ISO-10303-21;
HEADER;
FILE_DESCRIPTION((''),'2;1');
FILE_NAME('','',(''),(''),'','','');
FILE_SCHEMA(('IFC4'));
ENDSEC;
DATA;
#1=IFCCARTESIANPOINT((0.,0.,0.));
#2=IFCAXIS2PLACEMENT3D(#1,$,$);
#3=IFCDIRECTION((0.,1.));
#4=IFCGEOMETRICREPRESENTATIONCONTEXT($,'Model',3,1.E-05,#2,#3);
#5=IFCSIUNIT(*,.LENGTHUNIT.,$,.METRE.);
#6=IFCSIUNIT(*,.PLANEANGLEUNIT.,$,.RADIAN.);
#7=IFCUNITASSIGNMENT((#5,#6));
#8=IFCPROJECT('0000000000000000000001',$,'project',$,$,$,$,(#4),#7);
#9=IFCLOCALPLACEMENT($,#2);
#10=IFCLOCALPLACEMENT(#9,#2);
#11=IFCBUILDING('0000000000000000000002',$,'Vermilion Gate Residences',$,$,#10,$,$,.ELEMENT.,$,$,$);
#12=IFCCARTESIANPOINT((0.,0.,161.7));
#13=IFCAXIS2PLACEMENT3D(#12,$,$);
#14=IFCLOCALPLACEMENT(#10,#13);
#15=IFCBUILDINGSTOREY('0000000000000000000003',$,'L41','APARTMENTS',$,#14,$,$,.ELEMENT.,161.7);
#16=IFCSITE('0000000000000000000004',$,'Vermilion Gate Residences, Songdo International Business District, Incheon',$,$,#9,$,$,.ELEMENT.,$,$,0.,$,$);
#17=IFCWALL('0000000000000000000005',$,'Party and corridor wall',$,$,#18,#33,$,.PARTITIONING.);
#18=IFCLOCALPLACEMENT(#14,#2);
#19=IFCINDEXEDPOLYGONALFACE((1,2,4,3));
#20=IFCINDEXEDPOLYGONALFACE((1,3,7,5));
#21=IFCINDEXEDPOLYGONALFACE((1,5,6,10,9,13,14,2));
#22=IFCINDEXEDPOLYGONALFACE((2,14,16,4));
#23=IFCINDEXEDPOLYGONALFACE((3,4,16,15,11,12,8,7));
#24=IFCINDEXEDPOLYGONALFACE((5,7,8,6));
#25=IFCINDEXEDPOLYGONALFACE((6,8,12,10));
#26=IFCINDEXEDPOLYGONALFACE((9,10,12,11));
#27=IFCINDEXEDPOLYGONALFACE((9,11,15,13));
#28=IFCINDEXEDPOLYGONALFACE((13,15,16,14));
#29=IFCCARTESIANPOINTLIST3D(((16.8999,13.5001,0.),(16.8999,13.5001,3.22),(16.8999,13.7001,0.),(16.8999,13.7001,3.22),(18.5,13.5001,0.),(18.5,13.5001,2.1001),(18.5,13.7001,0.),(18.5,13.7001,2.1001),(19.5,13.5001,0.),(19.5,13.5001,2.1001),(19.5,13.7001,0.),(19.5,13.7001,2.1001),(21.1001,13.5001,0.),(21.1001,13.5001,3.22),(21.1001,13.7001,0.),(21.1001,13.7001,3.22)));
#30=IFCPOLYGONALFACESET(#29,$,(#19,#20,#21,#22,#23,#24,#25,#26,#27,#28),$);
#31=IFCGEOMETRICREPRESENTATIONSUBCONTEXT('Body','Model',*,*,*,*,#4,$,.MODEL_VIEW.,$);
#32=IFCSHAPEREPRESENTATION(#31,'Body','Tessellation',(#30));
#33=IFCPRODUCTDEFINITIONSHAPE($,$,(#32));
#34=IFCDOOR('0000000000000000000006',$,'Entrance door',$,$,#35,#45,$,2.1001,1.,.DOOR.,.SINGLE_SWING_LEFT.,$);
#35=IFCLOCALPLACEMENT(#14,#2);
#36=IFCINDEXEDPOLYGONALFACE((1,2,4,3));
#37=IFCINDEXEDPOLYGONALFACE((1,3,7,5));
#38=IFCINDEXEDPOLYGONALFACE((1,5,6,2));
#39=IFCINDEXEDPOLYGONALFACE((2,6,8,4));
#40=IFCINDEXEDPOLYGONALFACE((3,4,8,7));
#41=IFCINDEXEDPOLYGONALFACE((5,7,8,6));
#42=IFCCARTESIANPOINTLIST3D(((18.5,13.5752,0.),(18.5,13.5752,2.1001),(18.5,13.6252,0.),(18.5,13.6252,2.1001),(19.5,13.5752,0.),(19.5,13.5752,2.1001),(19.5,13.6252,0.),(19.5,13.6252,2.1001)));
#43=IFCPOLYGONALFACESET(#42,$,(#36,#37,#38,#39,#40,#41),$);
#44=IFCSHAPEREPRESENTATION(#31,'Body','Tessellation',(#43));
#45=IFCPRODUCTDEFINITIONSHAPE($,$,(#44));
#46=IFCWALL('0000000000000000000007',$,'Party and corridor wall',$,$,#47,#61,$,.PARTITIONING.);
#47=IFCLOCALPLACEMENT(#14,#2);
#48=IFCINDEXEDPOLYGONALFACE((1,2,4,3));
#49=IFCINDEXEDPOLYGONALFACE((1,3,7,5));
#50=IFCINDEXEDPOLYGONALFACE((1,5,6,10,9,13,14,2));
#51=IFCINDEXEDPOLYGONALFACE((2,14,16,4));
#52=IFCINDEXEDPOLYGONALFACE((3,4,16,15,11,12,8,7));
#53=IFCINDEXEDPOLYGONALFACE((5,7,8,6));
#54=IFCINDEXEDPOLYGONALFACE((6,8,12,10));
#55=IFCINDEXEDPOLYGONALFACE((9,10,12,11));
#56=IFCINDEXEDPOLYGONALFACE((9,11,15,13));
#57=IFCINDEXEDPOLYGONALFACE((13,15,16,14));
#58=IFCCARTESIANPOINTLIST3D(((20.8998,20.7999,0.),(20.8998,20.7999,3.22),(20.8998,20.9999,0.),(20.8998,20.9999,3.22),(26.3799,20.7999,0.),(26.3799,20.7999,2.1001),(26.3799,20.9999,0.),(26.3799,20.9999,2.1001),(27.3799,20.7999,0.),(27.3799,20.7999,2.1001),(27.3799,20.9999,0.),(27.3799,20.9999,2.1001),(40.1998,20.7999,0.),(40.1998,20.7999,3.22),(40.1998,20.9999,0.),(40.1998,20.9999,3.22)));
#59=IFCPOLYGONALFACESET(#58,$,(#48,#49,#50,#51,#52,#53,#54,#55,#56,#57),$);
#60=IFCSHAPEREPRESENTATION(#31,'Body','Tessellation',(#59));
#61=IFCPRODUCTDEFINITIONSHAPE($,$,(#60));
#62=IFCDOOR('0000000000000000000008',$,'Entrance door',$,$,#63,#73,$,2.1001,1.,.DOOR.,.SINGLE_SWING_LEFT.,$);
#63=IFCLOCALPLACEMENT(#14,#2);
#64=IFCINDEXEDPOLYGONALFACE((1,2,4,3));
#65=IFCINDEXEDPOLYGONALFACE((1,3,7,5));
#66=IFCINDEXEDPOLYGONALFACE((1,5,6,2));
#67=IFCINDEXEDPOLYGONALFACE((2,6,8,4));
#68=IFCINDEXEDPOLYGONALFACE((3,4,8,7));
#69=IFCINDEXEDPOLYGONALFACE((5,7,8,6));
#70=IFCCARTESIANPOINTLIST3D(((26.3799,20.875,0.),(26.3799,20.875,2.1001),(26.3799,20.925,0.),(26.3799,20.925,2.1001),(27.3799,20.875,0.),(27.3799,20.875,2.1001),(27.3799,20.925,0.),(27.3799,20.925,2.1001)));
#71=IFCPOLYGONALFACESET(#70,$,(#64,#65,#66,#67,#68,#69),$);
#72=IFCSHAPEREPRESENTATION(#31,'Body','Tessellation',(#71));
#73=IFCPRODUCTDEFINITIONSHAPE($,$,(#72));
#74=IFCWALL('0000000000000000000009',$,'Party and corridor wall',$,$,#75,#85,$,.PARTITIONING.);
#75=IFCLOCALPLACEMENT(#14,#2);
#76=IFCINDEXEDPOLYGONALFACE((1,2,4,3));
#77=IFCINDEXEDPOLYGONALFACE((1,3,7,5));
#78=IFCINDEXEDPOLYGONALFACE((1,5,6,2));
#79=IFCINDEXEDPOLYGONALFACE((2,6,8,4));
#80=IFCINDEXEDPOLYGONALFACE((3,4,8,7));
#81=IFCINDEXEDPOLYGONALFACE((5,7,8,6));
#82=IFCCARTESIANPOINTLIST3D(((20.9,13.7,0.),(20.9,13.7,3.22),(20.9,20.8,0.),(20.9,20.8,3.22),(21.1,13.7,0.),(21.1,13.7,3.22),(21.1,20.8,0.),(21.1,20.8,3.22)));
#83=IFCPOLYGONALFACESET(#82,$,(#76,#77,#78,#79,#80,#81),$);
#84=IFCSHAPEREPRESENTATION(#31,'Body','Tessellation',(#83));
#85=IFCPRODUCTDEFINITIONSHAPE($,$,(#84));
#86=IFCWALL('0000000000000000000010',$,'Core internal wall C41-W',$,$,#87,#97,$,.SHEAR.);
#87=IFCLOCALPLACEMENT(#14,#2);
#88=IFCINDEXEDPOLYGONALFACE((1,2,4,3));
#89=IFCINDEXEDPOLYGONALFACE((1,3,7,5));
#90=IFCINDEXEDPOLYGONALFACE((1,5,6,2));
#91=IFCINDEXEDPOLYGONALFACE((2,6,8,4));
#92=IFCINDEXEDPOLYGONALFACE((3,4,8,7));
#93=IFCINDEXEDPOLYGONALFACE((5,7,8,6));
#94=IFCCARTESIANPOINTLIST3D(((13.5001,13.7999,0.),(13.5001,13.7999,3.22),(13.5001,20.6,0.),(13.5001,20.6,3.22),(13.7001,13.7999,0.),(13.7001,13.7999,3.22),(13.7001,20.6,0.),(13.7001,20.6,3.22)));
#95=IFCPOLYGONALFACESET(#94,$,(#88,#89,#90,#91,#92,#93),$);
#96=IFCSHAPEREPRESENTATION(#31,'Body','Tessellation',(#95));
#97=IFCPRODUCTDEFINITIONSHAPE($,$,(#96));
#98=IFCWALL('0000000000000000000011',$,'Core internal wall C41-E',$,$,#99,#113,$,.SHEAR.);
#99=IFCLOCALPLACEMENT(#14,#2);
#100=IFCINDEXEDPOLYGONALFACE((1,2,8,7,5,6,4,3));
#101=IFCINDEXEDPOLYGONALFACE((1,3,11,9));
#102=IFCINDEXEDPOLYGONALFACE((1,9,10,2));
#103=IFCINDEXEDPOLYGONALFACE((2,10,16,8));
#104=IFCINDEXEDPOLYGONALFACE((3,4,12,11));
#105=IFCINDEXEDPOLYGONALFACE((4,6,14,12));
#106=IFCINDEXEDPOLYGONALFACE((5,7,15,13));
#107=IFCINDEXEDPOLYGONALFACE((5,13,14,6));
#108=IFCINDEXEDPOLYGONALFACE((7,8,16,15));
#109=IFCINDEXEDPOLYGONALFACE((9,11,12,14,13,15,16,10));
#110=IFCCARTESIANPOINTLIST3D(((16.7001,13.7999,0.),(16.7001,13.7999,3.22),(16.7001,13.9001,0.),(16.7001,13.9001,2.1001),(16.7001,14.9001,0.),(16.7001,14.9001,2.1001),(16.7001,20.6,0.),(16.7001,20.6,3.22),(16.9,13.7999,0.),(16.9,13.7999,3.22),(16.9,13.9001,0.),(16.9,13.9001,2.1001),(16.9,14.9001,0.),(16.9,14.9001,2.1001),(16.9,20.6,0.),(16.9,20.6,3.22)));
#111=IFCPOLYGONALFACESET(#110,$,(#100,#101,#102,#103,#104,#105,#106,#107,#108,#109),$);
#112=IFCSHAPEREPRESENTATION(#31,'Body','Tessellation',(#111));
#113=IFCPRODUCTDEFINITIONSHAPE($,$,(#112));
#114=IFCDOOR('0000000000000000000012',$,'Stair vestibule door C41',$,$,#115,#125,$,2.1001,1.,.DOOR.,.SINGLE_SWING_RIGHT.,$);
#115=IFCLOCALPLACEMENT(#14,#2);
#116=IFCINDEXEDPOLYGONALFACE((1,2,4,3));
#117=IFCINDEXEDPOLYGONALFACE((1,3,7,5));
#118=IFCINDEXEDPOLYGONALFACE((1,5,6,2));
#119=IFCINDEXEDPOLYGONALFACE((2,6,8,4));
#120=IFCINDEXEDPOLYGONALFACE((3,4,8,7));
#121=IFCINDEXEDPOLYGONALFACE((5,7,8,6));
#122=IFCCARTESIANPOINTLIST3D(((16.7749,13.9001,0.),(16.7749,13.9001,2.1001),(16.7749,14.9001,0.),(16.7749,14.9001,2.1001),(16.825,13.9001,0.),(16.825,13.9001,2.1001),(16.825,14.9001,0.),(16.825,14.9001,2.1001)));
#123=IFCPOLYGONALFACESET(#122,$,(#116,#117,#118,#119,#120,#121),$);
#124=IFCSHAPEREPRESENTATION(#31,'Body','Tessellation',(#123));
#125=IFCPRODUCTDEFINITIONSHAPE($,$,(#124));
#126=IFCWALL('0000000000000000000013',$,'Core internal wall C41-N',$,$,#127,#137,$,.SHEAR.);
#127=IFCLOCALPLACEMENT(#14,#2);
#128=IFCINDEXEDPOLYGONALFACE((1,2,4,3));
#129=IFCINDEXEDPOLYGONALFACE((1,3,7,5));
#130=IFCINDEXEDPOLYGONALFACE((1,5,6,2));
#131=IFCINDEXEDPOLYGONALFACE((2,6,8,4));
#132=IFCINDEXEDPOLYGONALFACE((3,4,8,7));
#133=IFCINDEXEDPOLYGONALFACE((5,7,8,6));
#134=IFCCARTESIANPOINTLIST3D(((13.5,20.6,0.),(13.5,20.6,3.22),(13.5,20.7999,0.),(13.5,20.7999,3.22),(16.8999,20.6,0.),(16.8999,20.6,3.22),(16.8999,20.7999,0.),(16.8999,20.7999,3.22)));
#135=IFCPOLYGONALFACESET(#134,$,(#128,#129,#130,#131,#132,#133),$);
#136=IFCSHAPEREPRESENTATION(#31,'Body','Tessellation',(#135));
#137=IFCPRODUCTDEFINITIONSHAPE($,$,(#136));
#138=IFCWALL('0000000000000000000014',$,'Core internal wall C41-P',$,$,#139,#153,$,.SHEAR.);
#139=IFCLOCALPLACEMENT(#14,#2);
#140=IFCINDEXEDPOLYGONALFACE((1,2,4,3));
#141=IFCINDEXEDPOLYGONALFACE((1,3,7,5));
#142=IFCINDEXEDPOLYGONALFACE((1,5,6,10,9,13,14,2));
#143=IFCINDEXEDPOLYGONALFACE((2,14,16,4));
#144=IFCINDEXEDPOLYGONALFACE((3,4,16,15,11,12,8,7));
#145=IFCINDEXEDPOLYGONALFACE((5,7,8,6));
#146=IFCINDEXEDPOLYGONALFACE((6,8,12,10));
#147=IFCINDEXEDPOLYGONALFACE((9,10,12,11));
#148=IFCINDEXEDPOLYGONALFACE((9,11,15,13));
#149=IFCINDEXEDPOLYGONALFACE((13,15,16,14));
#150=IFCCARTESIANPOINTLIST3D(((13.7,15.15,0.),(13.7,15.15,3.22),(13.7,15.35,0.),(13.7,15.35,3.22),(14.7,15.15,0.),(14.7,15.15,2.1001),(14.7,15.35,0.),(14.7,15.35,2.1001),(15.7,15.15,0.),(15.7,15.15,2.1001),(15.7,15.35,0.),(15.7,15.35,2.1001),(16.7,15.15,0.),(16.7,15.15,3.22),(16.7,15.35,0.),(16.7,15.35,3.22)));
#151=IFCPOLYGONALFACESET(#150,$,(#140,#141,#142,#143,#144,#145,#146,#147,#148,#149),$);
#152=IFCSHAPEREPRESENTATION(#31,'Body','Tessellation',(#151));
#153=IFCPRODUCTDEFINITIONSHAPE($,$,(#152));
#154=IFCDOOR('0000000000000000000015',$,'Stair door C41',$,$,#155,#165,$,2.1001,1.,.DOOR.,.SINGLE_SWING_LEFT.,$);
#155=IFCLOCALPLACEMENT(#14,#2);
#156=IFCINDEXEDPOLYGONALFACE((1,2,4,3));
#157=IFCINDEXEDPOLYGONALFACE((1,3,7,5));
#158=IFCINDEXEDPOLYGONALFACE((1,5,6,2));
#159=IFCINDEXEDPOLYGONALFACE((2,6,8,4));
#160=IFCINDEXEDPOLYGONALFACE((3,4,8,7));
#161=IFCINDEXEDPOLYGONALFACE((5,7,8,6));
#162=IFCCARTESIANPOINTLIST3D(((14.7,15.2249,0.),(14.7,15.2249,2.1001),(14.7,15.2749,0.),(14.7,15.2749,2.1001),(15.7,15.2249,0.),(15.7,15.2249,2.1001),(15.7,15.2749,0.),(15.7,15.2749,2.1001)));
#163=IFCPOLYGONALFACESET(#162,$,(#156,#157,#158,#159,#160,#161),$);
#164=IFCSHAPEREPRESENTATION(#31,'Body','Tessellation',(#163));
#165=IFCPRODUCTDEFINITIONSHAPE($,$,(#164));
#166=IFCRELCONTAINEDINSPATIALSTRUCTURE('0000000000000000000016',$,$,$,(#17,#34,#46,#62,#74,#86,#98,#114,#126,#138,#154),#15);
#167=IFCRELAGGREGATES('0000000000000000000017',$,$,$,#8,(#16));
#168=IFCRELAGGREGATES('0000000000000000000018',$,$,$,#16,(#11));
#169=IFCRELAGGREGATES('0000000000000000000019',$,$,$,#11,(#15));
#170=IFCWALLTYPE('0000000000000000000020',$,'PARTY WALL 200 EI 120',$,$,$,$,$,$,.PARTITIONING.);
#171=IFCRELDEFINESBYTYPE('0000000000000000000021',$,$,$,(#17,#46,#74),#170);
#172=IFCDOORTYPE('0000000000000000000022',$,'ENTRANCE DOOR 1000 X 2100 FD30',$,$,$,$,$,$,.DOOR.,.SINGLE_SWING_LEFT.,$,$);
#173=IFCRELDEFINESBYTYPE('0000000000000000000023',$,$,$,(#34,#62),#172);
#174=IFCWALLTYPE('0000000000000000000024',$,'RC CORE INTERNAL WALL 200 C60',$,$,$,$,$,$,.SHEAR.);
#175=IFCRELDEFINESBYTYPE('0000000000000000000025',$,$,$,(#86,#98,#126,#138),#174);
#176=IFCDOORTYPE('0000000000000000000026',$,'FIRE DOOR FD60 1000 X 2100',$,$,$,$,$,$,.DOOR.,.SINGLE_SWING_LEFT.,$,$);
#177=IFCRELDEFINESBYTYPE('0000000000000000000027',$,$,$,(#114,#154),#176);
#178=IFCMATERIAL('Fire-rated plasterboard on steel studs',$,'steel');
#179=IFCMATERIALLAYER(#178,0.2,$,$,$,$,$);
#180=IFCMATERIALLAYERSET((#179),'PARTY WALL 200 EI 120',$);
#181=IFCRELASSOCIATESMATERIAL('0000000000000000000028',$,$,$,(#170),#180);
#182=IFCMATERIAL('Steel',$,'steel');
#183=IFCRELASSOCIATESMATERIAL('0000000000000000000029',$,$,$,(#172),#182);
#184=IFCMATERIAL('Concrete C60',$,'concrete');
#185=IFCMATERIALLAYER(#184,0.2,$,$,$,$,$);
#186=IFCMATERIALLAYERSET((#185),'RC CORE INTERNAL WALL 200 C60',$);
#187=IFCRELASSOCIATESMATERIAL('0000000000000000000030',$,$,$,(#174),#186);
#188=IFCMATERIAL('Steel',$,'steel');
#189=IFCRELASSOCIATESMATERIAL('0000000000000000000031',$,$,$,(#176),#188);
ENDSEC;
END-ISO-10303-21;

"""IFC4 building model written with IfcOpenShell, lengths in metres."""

from ifc_helpers import new_model, si_unit, direction, frame, frame_2d, origin, place, context, subcontext, project, spatial, rectangle, extrude, material, layer, layer_set, type_object, element, fill, save


model = new_model("IFC4")

# Units and contexts
model_context = context("Model", 3, precision=1e-05, world=origin(), true_north=direction((0.0, 1.0)))
body_context = subcontext(model_context, "Body", "Model", "MODEL_VIEW")
ifc_project = project(units=[si_unit("LENGTHUNIT", "METRE"), si_unit("PLANEANGLEUNIT", "RADIAN")], contexts=[model_context])

# Site, building, storey
site_placement = place(None, origin())
site = spatial("IfcSite", under=ifc_project, at=site_placement, Name="Vermilion Gate Residences, Songdo International Business District, Incheon", CompositionType="ELEMENT", RefElevation=0.0)
building_placement = place(site_placement, origin())
building = spatial("IfcBuilding", under=site, at=building_placement, Name="Vermilion Gate Residences", CompositionType="ELEMENT")
storey_placement = place(building_placement, frame((0.0, 0.0, 161.7)))
storey = spatial("IfcBuildingStorey", under=building, at=storey_placement, Name="L41", Description="APARTMENTS", CompositionType="ELEMENT", Elevation=161.7)

# Walls, openings, doors
ifc_material_1 = material(Name="Fire-rated plasterboard on steel studs", Category="steel")
ifc_layer_1 = layer(ifc_material_1, 0.2)
ifc_layer_set_1 = layer_set([ifc_layer_1], Name="PARTY WALL 200 EI 120")
wall_type_1 = type_object("IfcWallType", Name="PARTY WALL 200 EI 120", PredefinedType="PARTITIONING", material=ifc_layer_set_1)
wall_1_placement = place(storey_placement, frame((16.8999, 13.6001, 0.0), z_axis=(0.0, 0.0, 1.0), x_axis=(1.0, 0.0, 0.0)))
wall_1 = element("IfcWall", 1, at=wall_1_placement, inside=storey, type_object=wall_type_1, Name="Party and corridor wall", PredefinedType="PARTITIONING", context=body_context, shape_type="SweptSolid", body=[
    extrude(rectangle(XDim=4.2002, YDim=0.2, at=frame_2d((2.1001, 0.0))), origin(), (0.0, 0.0, 1.0), 3.22),
])
opening_1_placement = place(wall_1_placement, frame((1.6001, 0.0, 0.0)))
opening_1 = element("IfcOpeningElement", 2, at=opening_1_placement, cuts=wall_1, PredefinedType="OPENING", context=body_context, shape_type="SweptSolid", body=[
    extrude(rectangle(XDim=1.0, YDim=2.1001, at=frame_2d((0.5, 1.05))), frame((0.0, 0.1099, 0.0), z_axis=(0.0, -1.0, 0.0), x_axis=(1.0, 0.0, 0.0)), (0.0, 0.0, 1.0), 0.22),
])
ifc_material_2 = material(Name="Steel", Category="steel")
door_type_1 = type_object("IfcDoorType", Name="ENTRANCE DOOR 1000 X 2100 FD30", OperationType="SINGLE_SWING_LEFT", PredefinedType="DOOR", material=ifc_material_2)
door_1_placement = place(opening_1_placement, frame((1.0, 0.0, 0.0), z_axis=(0.0, 0.0, 1.0), x_axis=(-1.0, 0.0, 0.0)))
door_1 = element("IfcDoor", 3, at=door_1_placement, inside=storey, type_object=door_type_1, Name="Entrance door", OperationType="SINGLE_SWING_LEFT", OverallHeight=2.1001, OverallWidth=1.0, PredefinedType="DOOR", context=body_context, shape_type="SweptSolid", body=[
    extrude(rectangle(XDim=1.0, YDim=2.1001, at=frame_2d((0.5, 1.05))), frame((0.0, 0.0249, 0.0), z_axis=(0.0, -1.0, 0.0), x_axis=(1.0, 0.0, 0.0)), (0.0, 0.0, 1.0), 0.05),
])
fill(opening_1, door_1)
wall_2_placement = place(storey_placement, frame((20.8999, 20.8999, 0.0), z_axis=(0.0, 0.0, 1.0), x_axis=(1.0, 0.0, 0.0)))
wall_2 = element("IfcWall", 4, at=wall_2_placement, inside=storey, type_object=wall_type_1, Name="Party and corridor wall", PredefinedType="PARTITIONING", context=body_context, shape_type="SweptSolid", body=[
    extrude(rectangle(XDim=19.3, YDim=0.2, at=frame_2d((9.6499, 0.0))), origin(), (0.0, 0.0, 1.0), 3.22),
])
opening_2_placement = place(wall_2_placement, frame((5.48, 0.0, 0.0)))
opening_2 = element("IfcOpeningElement", 5, at=opening_2_placement, cuts=wall_2, PredefinedType="OPENING", context=body_context, shape_type="SweptSolid", body=[
    extrude(rectangle(XDim=1.0, YDim=2.1001, at=frame_2d((0.5, 1.05))), frame((0.0, 0.1099, 0.0), z_axis=(0.0, -1.0, 0.0), x_axis=(1.0, 0.0, 0.0)), (0.0, 0.0, 1.0), 0.22),
])
door_2_placement = place(opening_2_placement, frame((1.0, 0.0, 0.0), z_axis=(0.0, 0.0, 1.0), x_axis=(-1.0, 0.0, 0.0)))
door_2 = element("IfcDoor", 6, at=door_2_placement, inside=storey, type_object=door_type_1, Name="Entrance door", OperationType="SINGLE_SWING_LEFT", OverallHeight=2.1001, OverallWidth=1.0, PredefinedType="DOOR", context=body_context, shape_type="SweptSolid", body=[
    extrude(rectangle(XDim=1.0, YDim=2.1001, at=frame_2d((0.5, 1.05))), frame((0.0, 0.0249, 0.0), z_axis=(0.0, -1.0, 0.0), x_axis=(1.0, 0.0, 0.0)), (0.0, 0.0, 1.0), 0.05),
])
fill(opening_2, door_2)

# Walls
wall_3_placement = place(storey_placement, frame((21.0, 13.7, 0.0), z_axis=(0.0, 0.0, 1.0), x_axis=(0.0, 1.0, 0.0)))
element("IfcWall", 7, at=wall_3_placement, inside=storey, type_object=wall_type_1, Name="Party and corridor wall", PredefinedType="PARTITIONING", context=body_context, shape_type="SweptSolid", body=[
    extrude(rectangle(XDim=7.1001, YDim=0.2, at=frame_2d((3.55, 0.0))), origin(), (0.0, 0.0, 1.0), 3.22),
])
ifc_material_3 = material(Name="Concrete C60", Category="concrete")
ifc_layer_2 = layer(ifc_material_3, 0.2)
ifc_layer_set_2 = layer_set([ifc_layer_2], Name="RC CORE INTERNAL WALL 200 C60")
wall_type_2 = type_object("IfcWallType", Name="RC CORE INTERNAL WALL 200 C60", PredefinedType="SHEAR", material=ifc_layer_set_2)
wall_4_placement = place(storey_placement, frame((13.6001, 13.8, 0.0), z_axis=(0.0, 0.0, 1.0), x_axis=(0.0, 1.0, 0.0)))
element("IfcWall", 8, at=wall_4_placement, inside=storey, type_object=wall_type_2, Name="Core internal wall C41-W", PredefinedType="SHEAR", context=body_context, shape_type="SweptSolid", body=[
    extrude(rectangle(XDim=6.8, YDim=0.2, at=frame_2d((3.3999, 0.0))), origin(), (0.0, 0.0, 1.0), 3.22),
])

# Wall, opening, door
wall_5_placement = place(storey_placement, frame((16.8, 13.8, 0.0), z_axis=(0.0, 0.0, 1.0), x_axis=(0.0, 1.0, 0.0)))
wall_5 = element("IfcWall", 9, at=wall_5_placement, inside=storey, type_object=wall_type_2, Name="Core internal wall C41-E", PredefinedType="SHEAR", context=body_context, shape_type="SweptSolid", body=[
    extrude(rectangle(XDim=6.8, YDim=0.2, at=frame_2d((3.3999, 0.0))), origin(), (0.0, 0.0, 1.0), 3.22),
])
opening_3_placement = place(wall_5_placement, frame((0.1001, 0.0, 0.0)))
opening_3 = element("IfcOpeningElement", 10, at=opening_3_placement, cuts=wall_5, PredefinedType="OPENING", context=body_context, shape_type="SweptSolid", body=[
    extrude(rectangle(XDim=1.0, YDim=2.1001, at=frame_2d((0.5, 1.05))), frame((0.0, 0.1099, 0.0), z_axis=(0.0, -1.0, 0.0), x_axis=(1.0, 0.0, 0.0)), (0.0, 0.0, 1.0), 0.22),
])
ifc_material_4 = material(Name="Steel", Category="steel")
door_type_2 = type_object("IfcDoorType", Name="FIRE DOOR FD60 1000 X 2100", OperationType="SINGLE_SWING_LEFT", PredefinedType="DOOR", material=ifc_material_4)
door_3_placement = place(opening_3_placement, frame((1.0, 0.0, 0.0), z_axis=(0.0, 0.0, 1.0), x_axis=(-1.0, 0.0, 0.0)))
door_3 = element("IfcDoor", 11, at=door_3_placement, inside=storey, type_object=door_type_2, Name="Stair vestibule door C41", OperationType="SINGLE_SWING_RIGHT", OverallHeight=2.1001, OverallWidth=1.0, PredefinedType="DOOR", context=body_context, shape_type="SweptSolid", body=[
    extrude(rectangle(XDim=1.0, YDim=2.1001, at=frame_2d((0.5, 1.05))), frame((0.0, 0.0249, 0.0), z_axis=(0.0, -1.0, 0.0), x_axis=(1.0, 0.0, 0.0)), (0.0, 0.0, 1.0), 0.05),
])
fill(opening_3, door_3)

# Wall
wall_6_placement = place(storey_placement, frame((13.5, 20.7, 0.0), z_axis=(0.0, 0.0, 1.0), x_axis=(1.0, 0.0, 0.0)))
element("IfcWall", 12, at=wall_6_placement, inside=storey, type_object=wall_type_2, Name="Core internal wall C41-N", PredefinedType="SHEAR", context=body_context, shape_type="SweptSolid", body=[
    extrude(rectangle(XDim=3.3999, YDim=0.2, at=frame_2d((1.7, 0.0))), origin(), (0.0, 0.0, 1.0), 3.22),
])

# Wall, opening, door
wall_7_placement = place(storey_placement, frame((13.7, 15.25, 0.0), z_axis=(0.0, 0.0, 1.0), x_axis=(1.0, 0.0, 0.0)))
wall_7 = element("IfcWall", 13, at=wall_7_placement, inside=storey, type_object=wall_type_2, Name="Core internal wall C41-P", PredefinedType="SHEAR", context=body_context, shape_type="SweptSolid", body=[
    extrude(rectangle(XDim=3.0, YDim=0.2, at=frame_2d((1.5, 0.0))), origin(), (0.0, 0.0, 1.0), 3.22),
])
opening_4_placement = place(wall_7_placement, frame((1.0, 0.0, 0.0)))
opening_4 = element("IfcOpeningElement", 14, at=opening_4_placement, cuts=wall_7, PredefinedType="OPENING", context=body_context, shape_type="SweptSolid", body=[
    extrude(rectangle(XDim=1.0, YDim=2.1001, at=frame_2d((0.5, 1.05))), frame((0.0, 0.1099, 0.0), z_axis=(0.0, -1.0, 0.0), x_axis=(1.0, 0.0, 0.0)), (0.0, 0.0, 1.0), 0.22),
])
door_4_placement = place(opening_4_placement, origin())
door_4 = element("IfcDoor", 15, at=door_4_placement, inside=storey, type_object=door_type_2, Name="Stair door C41", OperationType="SINGLE_SWING_LEFT", OverallHeight=2.1001, OverallWidth=1.0, PredefinedType="DOOR", context=body_context, shape_type="SweptSolid", body=[
    extrude(rectangle(XDim=1.0, YDim=2.1001, at=frame_2d((0.5, 1.05))), frame((0.0, 0.0249, 0.0), z_axis=(0.0, -1.0, 0.0), x_axis=(1.0, 0.0, 0.0)), (0.0, 0.0, 1.0), 0.05),
])
fill(opening_4, door_4)

save(model, "model.ifc")
